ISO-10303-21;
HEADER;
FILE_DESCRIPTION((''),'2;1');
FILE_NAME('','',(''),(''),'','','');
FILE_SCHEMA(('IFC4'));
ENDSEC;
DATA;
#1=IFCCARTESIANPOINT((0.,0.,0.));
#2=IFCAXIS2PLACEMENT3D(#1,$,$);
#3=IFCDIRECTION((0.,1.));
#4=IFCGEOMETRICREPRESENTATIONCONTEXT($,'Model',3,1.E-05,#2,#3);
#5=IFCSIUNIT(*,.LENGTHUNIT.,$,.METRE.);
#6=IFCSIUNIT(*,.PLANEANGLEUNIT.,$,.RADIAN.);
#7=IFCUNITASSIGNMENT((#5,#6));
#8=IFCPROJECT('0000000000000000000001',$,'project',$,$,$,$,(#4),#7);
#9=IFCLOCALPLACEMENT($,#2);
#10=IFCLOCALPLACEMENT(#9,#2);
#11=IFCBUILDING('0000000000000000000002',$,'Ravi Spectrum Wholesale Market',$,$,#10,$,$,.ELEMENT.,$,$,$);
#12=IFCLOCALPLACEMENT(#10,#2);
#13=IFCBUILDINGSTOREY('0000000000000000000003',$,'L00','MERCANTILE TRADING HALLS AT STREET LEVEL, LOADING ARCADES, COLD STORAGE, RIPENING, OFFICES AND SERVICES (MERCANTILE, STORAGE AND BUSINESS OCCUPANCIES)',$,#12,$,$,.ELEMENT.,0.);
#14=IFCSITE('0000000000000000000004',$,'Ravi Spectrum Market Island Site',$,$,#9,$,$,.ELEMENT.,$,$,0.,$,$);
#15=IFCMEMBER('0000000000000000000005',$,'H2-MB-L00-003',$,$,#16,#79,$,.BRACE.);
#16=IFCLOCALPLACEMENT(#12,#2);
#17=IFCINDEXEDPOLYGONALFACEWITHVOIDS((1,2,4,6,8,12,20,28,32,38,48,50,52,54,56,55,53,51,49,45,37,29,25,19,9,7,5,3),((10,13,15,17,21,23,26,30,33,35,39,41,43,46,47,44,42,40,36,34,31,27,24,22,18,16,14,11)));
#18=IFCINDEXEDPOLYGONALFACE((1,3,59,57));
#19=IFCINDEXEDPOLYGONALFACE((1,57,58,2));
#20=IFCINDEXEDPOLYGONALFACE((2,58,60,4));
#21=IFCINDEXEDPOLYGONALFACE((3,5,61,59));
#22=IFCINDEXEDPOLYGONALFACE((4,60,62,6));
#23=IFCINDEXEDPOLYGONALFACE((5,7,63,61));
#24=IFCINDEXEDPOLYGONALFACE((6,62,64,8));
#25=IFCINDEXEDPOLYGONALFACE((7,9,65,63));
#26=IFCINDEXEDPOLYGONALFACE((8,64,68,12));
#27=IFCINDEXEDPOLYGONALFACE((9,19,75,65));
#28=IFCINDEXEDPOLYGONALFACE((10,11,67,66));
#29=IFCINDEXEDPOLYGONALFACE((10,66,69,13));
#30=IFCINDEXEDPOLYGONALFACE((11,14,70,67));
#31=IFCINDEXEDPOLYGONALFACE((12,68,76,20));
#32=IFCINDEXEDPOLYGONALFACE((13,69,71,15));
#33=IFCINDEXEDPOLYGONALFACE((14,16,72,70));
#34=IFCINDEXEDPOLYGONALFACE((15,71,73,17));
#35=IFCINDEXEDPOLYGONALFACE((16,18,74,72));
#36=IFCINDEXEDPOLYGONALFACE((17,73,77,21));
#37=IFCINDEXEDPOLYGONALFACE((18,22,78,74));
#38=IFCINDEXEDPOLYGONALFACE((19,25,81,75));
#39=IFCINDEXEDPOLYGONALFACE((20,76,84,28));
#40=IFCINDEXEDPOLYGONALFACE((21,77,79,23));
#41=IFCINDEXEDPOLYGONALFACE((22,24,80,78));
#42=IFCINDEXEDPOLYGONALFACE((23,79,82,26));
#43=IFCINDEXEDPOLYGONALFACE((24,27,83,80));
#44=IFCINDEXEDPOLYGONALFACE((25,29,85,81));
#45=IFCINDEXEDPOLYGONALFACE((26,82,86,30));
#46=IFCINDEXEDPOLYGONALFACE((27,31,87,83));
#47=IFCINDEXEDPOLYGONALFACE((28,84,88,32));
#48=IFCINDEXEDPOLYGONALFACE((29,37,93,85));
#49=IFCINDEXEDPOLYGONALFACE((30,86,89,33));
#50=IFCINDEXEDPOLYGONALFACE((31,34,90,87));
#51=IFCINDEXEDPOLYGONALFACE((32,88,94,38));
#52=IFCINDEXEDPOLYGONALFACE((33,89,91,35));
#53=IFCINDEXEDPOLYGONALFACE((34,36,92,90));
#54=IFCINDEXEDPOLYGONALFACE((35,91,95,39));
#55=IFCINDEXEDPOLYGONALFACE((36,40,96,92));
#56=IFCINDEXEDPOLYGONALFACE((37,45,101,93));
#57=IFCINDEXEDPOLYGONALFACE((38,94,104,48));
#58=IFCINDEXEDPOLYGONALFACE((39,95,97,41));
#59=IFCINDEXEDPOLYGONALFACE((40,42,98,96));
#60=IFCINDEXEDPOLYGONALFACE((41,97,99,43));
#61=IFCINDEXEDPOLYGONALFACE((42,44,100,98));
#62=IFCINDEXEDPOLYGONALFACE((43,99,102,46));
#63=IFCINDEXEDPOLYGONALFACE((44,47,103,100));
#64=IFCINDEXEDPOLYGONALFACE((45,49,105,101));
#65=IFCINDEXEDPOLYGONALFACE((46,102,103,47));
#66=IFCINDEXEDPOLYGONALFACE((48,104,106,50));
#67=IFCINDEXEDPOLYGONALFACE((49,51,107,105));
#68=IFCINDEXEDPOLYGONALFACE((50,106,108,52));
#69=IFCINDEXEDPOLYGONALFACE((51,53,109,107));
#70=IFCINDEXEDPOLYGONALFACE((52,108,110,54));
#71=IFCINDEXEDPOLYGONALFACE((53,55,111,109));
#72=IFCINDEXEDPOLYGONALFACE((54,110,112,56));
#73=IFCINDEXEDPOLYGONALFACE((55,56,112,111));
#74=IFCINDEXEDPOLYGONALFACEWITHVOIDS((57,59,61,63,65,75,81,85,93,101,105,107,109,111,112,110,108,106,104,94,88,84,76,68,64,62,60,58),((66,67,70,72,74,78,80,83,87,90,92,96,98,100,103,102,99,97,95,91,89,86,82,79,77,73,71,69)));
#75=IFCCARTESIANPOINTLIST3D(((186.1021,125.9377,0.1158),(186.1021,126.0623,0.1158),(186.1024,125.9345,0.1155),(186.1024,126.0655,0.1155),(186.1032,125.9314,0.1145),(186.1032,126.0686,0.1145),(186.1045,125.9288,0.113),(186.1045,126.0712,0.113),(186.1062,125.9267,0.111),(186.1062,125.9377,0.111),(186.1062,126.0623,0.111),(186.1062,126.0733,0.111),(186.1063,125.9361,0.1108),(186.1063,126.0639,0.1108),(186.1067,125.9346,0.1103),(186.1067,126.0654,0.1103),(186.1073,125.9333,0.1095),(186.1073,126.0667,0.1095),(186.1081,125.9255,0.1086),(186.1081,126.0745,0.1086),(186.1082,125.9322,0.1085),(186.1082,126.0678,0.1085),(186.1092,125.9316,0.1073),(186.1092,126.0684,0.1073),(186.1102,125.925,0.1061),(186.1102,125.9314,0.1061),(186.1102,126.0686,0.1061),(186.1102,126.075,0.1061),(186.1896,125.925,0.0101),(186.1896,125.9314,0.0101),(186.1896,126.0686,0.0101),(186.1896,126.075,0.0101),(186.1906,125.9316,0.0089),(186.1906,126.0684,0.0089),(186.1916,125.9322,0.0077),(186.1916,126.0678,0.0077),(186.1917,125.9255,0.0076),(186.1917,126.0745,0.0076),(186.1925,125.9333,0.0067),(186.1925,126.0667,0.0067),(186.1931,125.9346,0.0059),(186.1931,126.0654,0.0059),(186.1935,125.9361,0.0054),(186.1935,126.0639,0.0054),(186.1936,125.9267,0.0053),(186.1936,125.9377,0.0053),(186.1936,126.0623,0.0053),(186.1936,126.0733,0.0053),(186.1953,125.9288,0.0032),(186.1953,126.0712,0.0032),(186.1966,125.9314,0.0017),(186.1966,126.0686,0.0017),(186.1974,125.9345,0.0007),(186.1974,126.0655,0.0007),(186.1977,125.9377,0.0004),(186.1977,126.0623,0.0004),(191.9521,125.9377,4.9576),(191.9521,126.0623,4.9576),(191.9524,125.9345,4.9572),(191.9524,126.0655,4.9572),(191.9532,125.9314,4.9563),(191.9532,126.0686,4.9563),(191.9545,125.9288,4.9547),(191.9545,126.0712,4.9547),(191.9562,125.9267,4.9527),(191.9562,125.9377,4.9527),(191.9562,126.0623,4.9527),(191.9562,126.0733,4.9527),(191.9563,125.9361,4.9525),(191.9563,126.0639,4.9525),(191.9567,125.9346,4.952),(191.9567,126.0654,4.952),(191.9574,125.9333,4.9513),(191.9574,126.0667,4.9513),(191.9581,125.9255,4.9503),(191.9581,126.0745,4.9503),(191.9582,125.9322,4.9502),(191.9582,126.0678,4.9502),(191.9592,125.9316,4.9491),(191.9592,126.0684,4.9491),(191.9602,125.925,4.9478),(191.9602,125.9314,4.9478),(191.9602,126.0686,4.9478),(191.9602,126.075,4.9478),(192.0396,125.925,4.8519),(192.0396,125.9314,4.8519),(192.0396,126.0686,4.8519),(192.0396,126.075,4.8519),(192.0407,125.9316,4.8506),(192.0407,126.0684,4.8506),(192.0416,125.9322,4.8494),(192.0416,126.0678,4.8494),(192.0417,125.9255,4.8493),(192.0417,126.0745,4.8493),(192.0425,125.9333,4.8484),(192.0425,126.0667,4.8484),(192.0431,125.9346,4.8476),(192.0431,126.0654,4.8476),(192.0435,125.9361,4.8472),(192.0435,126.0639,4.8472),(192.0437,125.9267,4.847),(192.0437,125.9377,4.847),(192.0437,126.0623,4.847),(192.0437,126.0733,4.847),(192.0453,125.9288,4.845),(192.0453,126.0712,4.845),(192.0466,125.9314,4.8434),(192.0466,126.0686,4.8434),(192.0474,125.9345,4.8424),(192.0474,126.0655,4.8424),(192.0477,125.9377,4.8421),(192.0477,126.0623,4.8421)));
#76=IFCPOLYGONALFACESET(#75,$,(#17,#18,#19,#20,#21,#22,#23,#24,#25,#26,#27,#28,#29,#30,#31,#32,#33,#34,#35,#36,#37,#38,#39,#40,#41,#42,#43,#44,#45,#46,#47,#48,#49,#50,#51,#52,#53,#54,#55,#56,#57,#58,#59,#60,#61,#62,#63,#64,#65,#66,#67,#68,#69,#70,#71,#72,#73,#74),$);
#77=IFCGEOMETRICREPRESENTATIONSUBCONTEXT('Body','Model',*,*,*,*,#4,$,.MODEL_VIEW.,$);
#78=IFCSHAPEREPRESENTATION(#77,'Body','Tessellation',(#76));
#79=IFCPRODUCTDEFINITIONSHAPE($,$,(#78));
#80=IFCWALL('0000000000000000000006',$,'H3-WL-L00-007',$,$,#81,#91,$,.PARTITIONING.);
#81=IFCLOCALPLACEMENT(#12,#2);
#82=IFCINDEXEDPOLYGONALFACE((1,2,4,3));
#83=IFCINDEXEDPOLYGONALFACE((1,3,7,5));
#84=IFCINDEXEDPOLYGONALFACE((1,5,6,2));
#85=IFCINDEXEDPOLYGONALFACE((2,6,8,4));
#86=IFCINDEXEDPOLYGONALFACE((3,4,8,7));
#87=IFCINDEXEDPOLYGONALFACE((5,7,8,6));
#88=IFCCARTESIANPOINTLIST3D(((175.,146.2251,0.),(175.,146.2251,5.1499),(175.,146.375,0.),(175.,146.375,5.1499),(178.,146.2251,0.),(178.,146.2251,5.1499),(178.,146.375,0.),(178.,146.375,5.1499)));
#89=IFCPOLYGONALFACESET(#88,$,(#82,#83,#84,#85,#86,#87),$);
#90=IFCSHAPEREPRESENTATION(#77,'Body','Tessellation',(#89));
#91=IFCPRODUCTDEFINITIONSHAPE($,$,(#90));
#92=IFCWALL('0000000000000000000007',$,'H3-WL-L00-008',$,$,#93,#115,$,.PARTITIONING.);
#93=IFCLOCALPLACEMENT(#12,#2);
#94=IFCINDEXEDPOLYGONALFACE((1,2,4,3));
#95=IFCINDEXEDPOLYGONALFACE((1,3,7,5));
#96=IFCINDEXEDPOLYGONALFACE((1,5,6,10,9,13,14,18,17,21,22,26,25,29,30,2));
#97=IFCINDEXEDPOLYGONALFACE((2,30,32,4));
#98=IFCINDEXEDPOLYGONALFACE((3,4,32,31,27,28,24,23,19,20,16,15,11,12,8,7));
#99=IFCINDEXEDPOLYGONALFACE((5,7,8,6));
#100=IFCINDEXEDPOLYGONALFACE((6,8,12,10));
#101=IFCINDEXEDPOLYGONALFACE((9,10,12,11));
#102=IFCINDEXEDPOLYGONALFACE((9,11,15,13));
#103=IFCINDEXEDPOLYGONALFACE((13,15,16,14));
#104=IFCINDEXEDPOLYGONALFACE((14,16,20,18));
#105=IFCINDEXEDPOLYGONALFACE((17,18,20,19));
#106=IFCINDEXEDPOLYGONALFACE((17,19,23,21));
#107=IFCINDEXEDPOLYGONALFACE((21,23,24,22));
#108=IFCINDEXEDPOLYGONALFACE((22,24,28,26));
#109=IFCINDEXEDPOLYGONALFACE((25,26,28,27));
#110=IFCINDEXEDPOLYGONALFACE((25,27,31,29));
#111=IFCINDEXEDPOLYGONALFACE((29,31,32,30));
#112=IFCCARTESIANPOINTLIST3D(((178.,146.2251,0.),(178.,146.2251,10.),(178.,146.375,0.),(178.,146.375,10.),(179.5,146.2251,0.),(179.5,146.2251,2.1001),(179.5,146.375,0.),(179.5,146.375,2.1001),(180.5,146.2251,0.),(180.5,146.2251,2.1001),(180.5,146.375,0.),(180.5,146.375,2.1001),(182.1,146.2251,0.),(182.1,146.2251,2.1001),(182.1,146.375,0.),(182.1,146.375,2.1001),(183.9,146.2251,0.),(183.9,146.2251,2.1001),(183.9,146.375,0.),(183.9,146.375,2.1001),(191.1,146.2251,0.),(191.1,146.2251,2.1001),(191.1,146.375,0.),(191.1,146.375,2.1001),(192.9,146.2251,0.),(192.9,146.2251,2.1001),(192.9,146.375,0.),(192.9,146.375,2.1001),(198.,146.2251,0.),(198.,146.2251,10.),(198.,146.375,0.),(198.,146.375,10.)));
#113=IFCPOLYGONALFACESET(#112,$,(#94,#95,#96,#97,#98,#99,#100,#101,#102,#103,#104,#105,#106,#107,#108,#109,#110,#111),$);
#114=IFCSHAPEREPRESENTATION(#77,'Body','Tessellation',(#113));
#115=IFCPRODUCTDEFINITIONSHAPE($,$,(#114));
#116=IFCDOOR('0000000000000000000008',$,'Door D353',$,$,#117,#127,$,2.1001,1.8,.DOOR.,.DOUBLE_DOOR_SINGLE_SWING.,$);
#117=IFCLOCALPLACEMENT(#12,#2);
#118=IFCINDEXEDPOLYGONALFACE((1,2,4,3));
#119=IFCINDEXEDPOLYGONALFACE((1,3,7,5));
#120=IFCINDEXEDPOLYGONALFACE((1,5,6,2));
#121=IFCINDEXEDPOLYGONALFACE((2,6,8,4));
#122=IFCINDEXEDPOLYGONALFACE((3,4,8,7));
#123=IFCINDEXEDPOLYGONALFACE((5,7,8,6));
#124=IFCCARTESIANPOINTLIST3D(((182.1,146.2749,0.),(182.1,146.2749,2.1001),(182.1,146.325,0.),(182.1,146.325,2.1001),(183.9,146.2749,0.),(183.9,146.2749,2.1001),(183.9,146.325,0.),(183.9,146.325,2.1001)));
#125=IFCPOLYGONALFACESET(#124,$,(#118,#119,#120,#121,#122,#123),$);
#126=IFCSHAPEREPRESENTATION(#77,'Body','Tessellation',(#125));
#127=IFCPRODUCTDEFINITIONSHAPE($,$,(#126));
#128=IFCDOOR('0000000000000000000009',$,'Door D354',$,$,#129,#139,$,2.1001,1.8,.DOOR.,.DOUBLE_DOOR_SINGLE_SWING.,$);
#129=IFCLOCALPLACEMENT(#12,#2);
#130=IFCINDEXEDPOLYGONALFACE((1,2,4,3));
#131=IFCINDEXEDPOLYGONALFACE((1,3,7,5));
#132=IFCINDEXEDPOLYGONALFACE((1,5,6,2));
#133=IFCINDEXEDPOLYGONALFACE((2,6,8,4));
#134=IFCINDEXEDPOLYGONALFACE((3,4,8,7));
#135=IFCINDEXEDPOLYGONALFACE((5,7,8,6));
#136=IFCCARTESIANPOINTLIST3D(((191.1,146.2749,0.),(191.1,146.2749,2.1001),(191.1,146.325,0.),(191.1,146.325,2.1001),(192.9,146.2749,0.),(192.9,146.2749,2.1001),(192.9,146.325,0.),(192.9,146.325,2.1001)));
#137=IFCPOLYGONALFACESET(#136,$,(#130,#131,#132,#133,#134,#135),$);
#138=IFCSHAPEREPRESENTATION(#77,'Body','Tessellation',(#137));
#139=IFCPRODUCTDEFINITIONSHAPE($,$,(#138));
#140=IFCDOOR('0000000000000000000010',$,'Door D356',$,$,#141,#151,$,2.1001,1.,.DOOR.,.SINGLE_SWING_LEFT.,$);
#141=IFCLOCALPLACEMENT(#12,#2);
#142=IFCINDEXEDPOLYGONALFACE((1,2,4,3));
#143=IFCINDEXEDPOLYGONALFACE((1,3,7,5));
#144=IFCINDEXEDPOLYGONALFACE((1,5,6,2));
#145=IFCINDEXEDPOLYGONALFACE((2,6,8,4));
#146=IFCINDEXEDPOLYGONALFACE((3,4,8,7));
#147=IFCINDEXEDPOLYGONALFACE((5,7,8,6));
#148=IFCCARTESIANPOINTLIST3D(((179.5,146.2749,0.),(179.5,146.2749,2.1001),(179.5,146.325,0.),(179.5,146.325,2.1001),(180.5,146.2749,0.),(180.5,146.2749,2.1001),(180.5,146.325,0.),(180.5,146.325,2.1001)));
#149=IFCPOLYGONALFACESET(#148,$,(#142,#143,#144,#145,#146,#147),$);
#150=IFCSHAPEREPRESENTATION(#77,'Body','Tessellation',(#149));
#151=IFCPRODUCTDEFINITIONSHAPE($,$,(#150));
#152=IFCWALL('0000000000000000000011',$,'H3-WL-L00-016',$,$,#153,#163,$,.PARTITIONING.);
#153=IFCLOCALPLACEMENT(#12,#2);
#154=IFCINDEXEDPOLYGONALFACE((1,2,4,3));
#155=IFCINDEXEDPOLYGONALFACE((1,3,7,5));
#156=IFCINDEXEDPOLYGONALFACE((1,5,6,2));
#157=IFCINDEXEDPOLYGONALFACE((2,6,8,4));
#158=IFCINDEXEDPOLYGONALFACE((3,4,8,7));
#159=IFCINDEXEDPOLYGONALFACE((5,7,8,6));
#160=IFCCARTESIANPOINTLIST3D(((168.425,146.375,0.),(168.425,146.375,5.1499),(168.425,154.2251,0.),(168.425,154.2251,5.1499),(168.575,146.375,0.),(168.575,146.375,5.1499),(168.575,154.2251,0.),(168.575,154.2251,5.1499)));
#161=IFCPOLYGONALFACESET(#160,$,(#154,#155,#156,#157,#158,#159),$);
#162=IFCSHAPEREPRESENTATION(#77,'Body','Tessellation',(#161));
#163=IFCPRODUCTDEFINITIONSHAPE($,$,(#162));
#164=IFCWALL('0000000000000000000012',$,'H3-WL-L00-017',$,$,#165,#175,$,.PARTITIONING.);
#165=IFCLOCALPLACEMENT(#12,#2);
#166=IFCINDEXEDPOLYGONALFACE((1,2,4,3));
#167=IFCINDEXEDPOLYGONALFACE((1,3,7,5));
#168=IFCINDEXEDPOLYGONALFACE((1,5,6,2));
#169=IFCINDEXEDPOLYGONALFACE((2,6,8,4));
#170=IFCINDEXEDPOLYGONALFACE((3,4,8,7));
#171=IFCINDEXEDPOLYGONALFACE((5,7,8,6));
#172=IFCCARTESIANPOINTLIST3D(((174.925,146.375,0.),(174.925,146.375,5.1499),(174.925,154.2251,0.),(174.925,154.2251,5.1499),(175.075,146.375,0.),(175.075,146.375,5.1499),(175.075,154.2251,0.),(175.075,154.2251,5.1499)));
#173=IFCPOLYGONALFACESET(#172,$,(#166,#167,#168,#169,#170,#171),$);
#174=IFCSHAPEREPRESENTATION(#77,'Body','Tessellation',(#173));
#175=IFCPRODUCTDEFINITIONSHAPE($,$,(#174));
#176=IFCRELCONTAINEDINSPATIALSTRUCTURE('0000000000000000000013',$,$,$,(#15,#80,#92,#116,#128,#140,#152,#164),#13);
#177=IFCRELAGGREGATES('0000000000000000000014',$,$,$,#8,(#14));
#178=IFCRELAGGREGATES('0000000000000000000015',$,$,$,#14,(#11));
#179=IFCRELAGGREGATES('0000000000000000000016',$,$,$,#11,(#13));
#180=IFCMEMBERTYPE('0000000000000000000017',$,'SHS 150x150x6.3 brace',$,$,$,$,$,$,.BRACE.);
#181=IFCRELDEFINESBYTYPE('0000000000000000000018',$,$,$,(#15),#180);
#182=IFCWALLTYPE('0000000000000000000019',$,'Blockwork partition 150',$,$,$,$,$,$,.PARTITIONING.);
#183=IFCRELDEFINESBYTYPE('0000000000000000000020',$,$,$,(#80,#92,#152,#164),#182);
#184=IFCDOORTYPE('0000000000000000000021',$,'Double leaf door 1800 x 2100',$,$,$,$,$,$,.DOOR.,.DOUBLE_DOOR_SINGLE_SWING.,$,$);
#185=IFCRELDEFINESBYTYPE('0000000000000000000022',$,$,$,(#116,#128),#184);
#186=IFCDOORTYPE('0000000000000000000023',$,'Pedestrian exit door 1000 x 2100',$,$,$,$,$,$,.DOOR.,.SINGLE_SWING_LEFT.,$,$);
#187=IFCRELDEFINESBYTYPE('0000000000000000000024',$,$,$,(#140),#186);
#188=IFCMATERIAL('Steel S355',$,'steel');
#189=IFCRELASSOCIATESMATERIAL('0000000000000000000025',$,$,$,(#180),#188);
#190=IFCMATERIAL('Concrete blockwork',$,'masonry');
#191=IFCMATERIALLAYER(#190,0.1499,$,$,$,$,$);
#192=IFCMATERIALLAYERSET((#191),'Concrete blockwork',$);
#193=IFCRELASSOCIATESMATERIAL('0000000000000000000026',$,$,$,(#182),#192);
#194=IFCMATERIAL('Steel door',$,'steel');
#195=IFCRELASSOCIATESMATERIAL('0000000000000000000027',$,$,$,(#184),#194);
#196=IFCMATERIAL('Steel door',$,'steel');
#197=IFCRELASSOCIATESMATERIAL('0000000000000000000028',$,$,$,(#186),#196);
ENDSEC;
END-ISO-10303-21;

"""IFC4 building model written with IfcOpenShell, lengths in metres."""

from ifc_helpers import new_model, si_unit, direction, frame, frame_2d, origin, origin_2d, place, context, subcontext, project, spatial, rectangle, hollow_rectangle, extrude, material, layer, layer_set, material_profile, profile_set, type_object, element, fill, save


model = new_model("IFC4")

# Units and contexts
model_context = context("Model", 3, precision=1e-05, world=origin(), true_north=direction((0.0, 1.0)))
body_context = subcontext(model_context, "Body", "Model", "MODEL_VIEW")
ifc_project = project(units=[si_unit("LENGTHUNIT", "METRE"), si_unit("PLANEANGLEUNIT", "RADIAN")], contexts=[model_context])

# Site, building, storey
site_placement = place(None, origin())
site = spatial("IfcSite", under=ifc_project, at=site_placement, Name="Ravi Spectrum Market Island Site", CompositionType="ELEMENT", RefElevation=0.0)
building_placement = place(site_placement, origin())
building = spatial("IfcBuilding", under=site, at=building_placement, Name="Ravi Spectrum Wholesale Market", CompositionType="ELEMENT")
storey_placement = place(building_placement, origin())
storey = spatial("IfcBuildingStorey", under=building, at=storey_placement, Name="L00", Description="MERCANTILE TRADING HALLS AT STREET LEVEL, LOADING ARCADES, COLD STORAGE, RIPENING, OFFICES AND SERVICES (MERCANTILE, STORAGE AND BUSINESS OCCUPANCIES)", CompositionType="ELEMENT", Elevation=0.0)

# Member
ifc_material_1 = material(Name="Steel S355", Category="steel")
ifc_material_profile_1 = material_profile(ifc_material_1, hollow_rectangle(XDim=0.1499, YDim=0.1499, WallThickness=0.0063, InnerFilletRadius=0.0063, OuterFilletRadius=0.0127, at=origin_2d()))
ifc_profile_set_1 = profile_set([ifc_material_profile_1], Name="Steel S355")
member_type = type_object("IfcMemberType", Name="SHS 150x150x6.3 brace", PredefinedType="BRACE", material=ifc_profile_set_1)
member_placement = place(storey_placement, frame((186.1499, 126.0, 0.0581), z_axis=(0.770373, 0.0, 0.637594), x_axis=(0.0, 1.0, 0.0)))
element("IfcMember", 1, at=member_placement, inside=storey, type_object=member_type, Name="H2-MB-L00-003", PredefinedType="BRACE", context=body_context, shape_type="SweptSolid", body=[
    extrude(hollow_rectangle(XDim=0.1499, YDim=0.1499, WallThickness=0.0063, InnerFilletRadius=0.0063, OuterFilletRadius=0.0127, at=origin_2d()), origin(), (0.0, 0.0, 1.0), 7.5938),
])

# Wall
ifc_material_2 = material(Name="Concrete blockwork", Category="masonry")
ifc_layer = layer(ifc_material_2, 0.1499)
ifc_layer_set = layer_set([ifc_layer], Name="Concrete blockwork")
wall_type = type_object("IfcWallType", Name="Blockwork partition 150", PredefinedType="PARTITIONING", material=ifc_layer_set)
wall_1_placement = place(storey_placement, frame((175.0, 146.3, 0.0), z_axis=(0.0, 0.0, 1.0), x_axis=(1.0, 0.0, 0.0)))
element("IfcWall", 2, at=wall_1_placement, inside=storey, type_object=wall_type, Name="H3-WL-L00-007", PredefinedType="PARTITIONING", context=body_context, shape_type="SweptSolid", body=[
    extrude(rectangle(XDim=3.0, YDim=0.1499, at=frame_2d((1.5, 0.0))), origin(), (0.0, 0.0, 1.0), 5.1499),
])

# Wall, openings, doors
wall_2_placement = place(storey_placement, frame((178.0, 146.3, 0.0), z_axis=(0.0, 0.0, 1.0), x_axis=(1.0, 0.0, 0.0)))
wall_2 = element("IfcWall", 3, at=wall_2_placement, inside=storey, type_object=wall_type, Name="H3-WL-L00-008", PredefinedType="PARTITIONING", context=body_context, shape_type="SweptSolid", body=[
    extrude(rectangle(XDim=20.0, YDim=0.1499, at=frame_2d((10.0, 0.0))), origin(), (0.0, 0.0, 1.0), 10.0),
])
opening_1_placement = place(wall_2_placement, frame((4.1001, 0.0, 0.0)))
opening_1 = element("IfcOpeningElement", 4, at=opening_1_placement, cuts=wall_2, PredefinedType="OPENING", context=body_context, shape_type="SweptSolid", body=[
    extrude(rectangle(XDim=1.8, YDim=2.1001, at=frame_2d((0.8999, 1.05))), frame((0.0, 0.085, 0.0), z_axis=(0.0, -1.0, 0.0), x_axis=(1.0, 0.0, 0.0)), (0.0, 0.0, 1.0), 0.1699),
])
opening_2_placement = place(wall_2_placement, frame((13.1001, 0.0, 0.0)))
opening_2 = element("IfcOpeningElement", 5, at=opening_2_placement, cuts=wall_2, PredefinedType="OPENING", context=body_context, shape_type="SweptSolid", body=[
    extrude(rectangle(XDim=1.8, YDim=2.1001, at=frame_2d((0.8999, 1.05))), frame((0.0, 0.085, 0.0), z_axis=(0.0, -1.0, 0.0), x_axis=(1.0, 0.0, 0.0)), (0.0, 0.0, 1.0), 0.1699),
])
opening_3_placement = place(wall_2_placement, frame((1.5, 0.0, 0.0)))
opening_3 = element("IfcOpeningElement", 6, at=opening_3_placement, cuts=wall_2, PredefinedType="OPENING", context=body_context, shape_type="SweptSolid", body=[
    extrude(rectangle(XDim=1.0, YDim=2.1001, at=frame_2d((0.5, 1.05))), frame((0.0, 0.085, 0.0), z_axis=(0.0, -1.0, 0.0), x_axis=(1.0, 0.0, 0.0)), (0.0, 0.0, 1.0), 0.1699),
])
ifc_material_3 = material(Name="Steel door", Category="steel")
door_type_1 = type_object("IfcDoorType", Name="Double leaf door 1800 x 2100", OperationType="DOUBLE_DOOR_SINGLE_SWING", PredefinedType="DOOR", material=ifc_material_3)
door_1_placement = place(opening_1_placement, origin())
door_1 = element("IfcDoor", 7, at=door_1_placement, inside=storey, type_object=door_type_1, Name="Door D353", OperationType="DOUBLE_DOOR_SINGLE_SWING", OverallHeight=2.1001, OverallWidth=1.8, PredefinedType="DOOR", context=body_context, shape_type="SweptSolid", body=[
    extrude(rectangle(XDim=1.8, YDim=2.1001, at=frame_2d((0.8999, 1.05))), frame((0.0, 0.0249, 0.0), z_axis=(0.0, -1.0, 0.0), x_axis=(1.0, 0.0, 0.0)), (0.0, 0.0, 1.0), 0.05),
])
fill(opening_1, door_1)
door_2_placement = place(opening_2_placement, origin())
door_2 = element("IfcDoor", 8, at=door_2_placement, inside=storey, type_object=door_type_1, Name="Door D354", OperationType="DOUBLE_DOOR_SINGLE_SWING", OverallHeight=2.1001, OverallWidth=1.8, PredefinedType="DOOR", context=body_context, shape_type="SweptSolid", body=[
    extrude(rectangle(XDim=1.8, YDim=2.1001, at=frame_2d((0.8999, 1.05))), frame((0.0, 0.0249, 0.0), z_axis=(0.0, -1.0, 0.0), x_axis=(1.0, 0.0, 0.0)), (0.0, 0.0, 1.0), 0.05),
])
fill(opening_2, door_2)
ifc_material_4 = material(Name="Steel door", Category="steel")
door_type_2 = type_object("IfcDoorType", Name="Pedestrian exit door 1000 x 2100", OperationType="SINGLE_SWING_LEFT", PredefinedType="DOOR", material=ifc_material_4)
door_3_placement = place(opening_3_placement, origin())
door_3 = element("IfcDoor", 9, at=door_3_placement, inside=storey, type_object=door_type_2, Name="Door D356", OperationType="SINGLE_SWING_LEFT", OverallHeight=2.1001, OverallWidth=1.0, PredefinedType="DOOR", context=body_context, shape_type="SweptSolid", body=[
    extrude(rectangle(XDim=1.0, YDim=2.1001, at=frame_2d((0.5, 1.05))), frame((0.0, 0.0249, 0.0), z_axis=(0.0, -1.0, 0.0), x_axis=(1.0, 0.0, 0.0)), (0.0, 0.0, 1.0), 0.05),
])
fill(opening_3, door_3)

# Walls
for number, where, z_axis, x_axis, name in (
    (10, (168.5, 146.375, 0.0), (0.0, 0.0, 1.0), (0.0, 1.0, 0.0), "H3-WL-L00-016"),
    (11, (175.0, 146.375, 0.0), (0.0, 0.0, 1.0), (0.0, 1.0, 0.0), "H3-WL-L00-017"),
):
    element("IfcWall", number, at=place(storey_placement, frame(where, z_axis=z_axis, x_axis=x_axis)), inside=storey, type_object=wall_type, Name=name, PredefinedType="PARTITIONING", context=body_context, shape_type="SweptSolid", body=[
        extrude(rectangle(XDim=7.8501, YDim=0.1499, at=frame_2d((3.925, 0.0))), origin(), (0.0, 0.0, 1.0), 5.1499),
    ])

save(model, "model.ifc")
